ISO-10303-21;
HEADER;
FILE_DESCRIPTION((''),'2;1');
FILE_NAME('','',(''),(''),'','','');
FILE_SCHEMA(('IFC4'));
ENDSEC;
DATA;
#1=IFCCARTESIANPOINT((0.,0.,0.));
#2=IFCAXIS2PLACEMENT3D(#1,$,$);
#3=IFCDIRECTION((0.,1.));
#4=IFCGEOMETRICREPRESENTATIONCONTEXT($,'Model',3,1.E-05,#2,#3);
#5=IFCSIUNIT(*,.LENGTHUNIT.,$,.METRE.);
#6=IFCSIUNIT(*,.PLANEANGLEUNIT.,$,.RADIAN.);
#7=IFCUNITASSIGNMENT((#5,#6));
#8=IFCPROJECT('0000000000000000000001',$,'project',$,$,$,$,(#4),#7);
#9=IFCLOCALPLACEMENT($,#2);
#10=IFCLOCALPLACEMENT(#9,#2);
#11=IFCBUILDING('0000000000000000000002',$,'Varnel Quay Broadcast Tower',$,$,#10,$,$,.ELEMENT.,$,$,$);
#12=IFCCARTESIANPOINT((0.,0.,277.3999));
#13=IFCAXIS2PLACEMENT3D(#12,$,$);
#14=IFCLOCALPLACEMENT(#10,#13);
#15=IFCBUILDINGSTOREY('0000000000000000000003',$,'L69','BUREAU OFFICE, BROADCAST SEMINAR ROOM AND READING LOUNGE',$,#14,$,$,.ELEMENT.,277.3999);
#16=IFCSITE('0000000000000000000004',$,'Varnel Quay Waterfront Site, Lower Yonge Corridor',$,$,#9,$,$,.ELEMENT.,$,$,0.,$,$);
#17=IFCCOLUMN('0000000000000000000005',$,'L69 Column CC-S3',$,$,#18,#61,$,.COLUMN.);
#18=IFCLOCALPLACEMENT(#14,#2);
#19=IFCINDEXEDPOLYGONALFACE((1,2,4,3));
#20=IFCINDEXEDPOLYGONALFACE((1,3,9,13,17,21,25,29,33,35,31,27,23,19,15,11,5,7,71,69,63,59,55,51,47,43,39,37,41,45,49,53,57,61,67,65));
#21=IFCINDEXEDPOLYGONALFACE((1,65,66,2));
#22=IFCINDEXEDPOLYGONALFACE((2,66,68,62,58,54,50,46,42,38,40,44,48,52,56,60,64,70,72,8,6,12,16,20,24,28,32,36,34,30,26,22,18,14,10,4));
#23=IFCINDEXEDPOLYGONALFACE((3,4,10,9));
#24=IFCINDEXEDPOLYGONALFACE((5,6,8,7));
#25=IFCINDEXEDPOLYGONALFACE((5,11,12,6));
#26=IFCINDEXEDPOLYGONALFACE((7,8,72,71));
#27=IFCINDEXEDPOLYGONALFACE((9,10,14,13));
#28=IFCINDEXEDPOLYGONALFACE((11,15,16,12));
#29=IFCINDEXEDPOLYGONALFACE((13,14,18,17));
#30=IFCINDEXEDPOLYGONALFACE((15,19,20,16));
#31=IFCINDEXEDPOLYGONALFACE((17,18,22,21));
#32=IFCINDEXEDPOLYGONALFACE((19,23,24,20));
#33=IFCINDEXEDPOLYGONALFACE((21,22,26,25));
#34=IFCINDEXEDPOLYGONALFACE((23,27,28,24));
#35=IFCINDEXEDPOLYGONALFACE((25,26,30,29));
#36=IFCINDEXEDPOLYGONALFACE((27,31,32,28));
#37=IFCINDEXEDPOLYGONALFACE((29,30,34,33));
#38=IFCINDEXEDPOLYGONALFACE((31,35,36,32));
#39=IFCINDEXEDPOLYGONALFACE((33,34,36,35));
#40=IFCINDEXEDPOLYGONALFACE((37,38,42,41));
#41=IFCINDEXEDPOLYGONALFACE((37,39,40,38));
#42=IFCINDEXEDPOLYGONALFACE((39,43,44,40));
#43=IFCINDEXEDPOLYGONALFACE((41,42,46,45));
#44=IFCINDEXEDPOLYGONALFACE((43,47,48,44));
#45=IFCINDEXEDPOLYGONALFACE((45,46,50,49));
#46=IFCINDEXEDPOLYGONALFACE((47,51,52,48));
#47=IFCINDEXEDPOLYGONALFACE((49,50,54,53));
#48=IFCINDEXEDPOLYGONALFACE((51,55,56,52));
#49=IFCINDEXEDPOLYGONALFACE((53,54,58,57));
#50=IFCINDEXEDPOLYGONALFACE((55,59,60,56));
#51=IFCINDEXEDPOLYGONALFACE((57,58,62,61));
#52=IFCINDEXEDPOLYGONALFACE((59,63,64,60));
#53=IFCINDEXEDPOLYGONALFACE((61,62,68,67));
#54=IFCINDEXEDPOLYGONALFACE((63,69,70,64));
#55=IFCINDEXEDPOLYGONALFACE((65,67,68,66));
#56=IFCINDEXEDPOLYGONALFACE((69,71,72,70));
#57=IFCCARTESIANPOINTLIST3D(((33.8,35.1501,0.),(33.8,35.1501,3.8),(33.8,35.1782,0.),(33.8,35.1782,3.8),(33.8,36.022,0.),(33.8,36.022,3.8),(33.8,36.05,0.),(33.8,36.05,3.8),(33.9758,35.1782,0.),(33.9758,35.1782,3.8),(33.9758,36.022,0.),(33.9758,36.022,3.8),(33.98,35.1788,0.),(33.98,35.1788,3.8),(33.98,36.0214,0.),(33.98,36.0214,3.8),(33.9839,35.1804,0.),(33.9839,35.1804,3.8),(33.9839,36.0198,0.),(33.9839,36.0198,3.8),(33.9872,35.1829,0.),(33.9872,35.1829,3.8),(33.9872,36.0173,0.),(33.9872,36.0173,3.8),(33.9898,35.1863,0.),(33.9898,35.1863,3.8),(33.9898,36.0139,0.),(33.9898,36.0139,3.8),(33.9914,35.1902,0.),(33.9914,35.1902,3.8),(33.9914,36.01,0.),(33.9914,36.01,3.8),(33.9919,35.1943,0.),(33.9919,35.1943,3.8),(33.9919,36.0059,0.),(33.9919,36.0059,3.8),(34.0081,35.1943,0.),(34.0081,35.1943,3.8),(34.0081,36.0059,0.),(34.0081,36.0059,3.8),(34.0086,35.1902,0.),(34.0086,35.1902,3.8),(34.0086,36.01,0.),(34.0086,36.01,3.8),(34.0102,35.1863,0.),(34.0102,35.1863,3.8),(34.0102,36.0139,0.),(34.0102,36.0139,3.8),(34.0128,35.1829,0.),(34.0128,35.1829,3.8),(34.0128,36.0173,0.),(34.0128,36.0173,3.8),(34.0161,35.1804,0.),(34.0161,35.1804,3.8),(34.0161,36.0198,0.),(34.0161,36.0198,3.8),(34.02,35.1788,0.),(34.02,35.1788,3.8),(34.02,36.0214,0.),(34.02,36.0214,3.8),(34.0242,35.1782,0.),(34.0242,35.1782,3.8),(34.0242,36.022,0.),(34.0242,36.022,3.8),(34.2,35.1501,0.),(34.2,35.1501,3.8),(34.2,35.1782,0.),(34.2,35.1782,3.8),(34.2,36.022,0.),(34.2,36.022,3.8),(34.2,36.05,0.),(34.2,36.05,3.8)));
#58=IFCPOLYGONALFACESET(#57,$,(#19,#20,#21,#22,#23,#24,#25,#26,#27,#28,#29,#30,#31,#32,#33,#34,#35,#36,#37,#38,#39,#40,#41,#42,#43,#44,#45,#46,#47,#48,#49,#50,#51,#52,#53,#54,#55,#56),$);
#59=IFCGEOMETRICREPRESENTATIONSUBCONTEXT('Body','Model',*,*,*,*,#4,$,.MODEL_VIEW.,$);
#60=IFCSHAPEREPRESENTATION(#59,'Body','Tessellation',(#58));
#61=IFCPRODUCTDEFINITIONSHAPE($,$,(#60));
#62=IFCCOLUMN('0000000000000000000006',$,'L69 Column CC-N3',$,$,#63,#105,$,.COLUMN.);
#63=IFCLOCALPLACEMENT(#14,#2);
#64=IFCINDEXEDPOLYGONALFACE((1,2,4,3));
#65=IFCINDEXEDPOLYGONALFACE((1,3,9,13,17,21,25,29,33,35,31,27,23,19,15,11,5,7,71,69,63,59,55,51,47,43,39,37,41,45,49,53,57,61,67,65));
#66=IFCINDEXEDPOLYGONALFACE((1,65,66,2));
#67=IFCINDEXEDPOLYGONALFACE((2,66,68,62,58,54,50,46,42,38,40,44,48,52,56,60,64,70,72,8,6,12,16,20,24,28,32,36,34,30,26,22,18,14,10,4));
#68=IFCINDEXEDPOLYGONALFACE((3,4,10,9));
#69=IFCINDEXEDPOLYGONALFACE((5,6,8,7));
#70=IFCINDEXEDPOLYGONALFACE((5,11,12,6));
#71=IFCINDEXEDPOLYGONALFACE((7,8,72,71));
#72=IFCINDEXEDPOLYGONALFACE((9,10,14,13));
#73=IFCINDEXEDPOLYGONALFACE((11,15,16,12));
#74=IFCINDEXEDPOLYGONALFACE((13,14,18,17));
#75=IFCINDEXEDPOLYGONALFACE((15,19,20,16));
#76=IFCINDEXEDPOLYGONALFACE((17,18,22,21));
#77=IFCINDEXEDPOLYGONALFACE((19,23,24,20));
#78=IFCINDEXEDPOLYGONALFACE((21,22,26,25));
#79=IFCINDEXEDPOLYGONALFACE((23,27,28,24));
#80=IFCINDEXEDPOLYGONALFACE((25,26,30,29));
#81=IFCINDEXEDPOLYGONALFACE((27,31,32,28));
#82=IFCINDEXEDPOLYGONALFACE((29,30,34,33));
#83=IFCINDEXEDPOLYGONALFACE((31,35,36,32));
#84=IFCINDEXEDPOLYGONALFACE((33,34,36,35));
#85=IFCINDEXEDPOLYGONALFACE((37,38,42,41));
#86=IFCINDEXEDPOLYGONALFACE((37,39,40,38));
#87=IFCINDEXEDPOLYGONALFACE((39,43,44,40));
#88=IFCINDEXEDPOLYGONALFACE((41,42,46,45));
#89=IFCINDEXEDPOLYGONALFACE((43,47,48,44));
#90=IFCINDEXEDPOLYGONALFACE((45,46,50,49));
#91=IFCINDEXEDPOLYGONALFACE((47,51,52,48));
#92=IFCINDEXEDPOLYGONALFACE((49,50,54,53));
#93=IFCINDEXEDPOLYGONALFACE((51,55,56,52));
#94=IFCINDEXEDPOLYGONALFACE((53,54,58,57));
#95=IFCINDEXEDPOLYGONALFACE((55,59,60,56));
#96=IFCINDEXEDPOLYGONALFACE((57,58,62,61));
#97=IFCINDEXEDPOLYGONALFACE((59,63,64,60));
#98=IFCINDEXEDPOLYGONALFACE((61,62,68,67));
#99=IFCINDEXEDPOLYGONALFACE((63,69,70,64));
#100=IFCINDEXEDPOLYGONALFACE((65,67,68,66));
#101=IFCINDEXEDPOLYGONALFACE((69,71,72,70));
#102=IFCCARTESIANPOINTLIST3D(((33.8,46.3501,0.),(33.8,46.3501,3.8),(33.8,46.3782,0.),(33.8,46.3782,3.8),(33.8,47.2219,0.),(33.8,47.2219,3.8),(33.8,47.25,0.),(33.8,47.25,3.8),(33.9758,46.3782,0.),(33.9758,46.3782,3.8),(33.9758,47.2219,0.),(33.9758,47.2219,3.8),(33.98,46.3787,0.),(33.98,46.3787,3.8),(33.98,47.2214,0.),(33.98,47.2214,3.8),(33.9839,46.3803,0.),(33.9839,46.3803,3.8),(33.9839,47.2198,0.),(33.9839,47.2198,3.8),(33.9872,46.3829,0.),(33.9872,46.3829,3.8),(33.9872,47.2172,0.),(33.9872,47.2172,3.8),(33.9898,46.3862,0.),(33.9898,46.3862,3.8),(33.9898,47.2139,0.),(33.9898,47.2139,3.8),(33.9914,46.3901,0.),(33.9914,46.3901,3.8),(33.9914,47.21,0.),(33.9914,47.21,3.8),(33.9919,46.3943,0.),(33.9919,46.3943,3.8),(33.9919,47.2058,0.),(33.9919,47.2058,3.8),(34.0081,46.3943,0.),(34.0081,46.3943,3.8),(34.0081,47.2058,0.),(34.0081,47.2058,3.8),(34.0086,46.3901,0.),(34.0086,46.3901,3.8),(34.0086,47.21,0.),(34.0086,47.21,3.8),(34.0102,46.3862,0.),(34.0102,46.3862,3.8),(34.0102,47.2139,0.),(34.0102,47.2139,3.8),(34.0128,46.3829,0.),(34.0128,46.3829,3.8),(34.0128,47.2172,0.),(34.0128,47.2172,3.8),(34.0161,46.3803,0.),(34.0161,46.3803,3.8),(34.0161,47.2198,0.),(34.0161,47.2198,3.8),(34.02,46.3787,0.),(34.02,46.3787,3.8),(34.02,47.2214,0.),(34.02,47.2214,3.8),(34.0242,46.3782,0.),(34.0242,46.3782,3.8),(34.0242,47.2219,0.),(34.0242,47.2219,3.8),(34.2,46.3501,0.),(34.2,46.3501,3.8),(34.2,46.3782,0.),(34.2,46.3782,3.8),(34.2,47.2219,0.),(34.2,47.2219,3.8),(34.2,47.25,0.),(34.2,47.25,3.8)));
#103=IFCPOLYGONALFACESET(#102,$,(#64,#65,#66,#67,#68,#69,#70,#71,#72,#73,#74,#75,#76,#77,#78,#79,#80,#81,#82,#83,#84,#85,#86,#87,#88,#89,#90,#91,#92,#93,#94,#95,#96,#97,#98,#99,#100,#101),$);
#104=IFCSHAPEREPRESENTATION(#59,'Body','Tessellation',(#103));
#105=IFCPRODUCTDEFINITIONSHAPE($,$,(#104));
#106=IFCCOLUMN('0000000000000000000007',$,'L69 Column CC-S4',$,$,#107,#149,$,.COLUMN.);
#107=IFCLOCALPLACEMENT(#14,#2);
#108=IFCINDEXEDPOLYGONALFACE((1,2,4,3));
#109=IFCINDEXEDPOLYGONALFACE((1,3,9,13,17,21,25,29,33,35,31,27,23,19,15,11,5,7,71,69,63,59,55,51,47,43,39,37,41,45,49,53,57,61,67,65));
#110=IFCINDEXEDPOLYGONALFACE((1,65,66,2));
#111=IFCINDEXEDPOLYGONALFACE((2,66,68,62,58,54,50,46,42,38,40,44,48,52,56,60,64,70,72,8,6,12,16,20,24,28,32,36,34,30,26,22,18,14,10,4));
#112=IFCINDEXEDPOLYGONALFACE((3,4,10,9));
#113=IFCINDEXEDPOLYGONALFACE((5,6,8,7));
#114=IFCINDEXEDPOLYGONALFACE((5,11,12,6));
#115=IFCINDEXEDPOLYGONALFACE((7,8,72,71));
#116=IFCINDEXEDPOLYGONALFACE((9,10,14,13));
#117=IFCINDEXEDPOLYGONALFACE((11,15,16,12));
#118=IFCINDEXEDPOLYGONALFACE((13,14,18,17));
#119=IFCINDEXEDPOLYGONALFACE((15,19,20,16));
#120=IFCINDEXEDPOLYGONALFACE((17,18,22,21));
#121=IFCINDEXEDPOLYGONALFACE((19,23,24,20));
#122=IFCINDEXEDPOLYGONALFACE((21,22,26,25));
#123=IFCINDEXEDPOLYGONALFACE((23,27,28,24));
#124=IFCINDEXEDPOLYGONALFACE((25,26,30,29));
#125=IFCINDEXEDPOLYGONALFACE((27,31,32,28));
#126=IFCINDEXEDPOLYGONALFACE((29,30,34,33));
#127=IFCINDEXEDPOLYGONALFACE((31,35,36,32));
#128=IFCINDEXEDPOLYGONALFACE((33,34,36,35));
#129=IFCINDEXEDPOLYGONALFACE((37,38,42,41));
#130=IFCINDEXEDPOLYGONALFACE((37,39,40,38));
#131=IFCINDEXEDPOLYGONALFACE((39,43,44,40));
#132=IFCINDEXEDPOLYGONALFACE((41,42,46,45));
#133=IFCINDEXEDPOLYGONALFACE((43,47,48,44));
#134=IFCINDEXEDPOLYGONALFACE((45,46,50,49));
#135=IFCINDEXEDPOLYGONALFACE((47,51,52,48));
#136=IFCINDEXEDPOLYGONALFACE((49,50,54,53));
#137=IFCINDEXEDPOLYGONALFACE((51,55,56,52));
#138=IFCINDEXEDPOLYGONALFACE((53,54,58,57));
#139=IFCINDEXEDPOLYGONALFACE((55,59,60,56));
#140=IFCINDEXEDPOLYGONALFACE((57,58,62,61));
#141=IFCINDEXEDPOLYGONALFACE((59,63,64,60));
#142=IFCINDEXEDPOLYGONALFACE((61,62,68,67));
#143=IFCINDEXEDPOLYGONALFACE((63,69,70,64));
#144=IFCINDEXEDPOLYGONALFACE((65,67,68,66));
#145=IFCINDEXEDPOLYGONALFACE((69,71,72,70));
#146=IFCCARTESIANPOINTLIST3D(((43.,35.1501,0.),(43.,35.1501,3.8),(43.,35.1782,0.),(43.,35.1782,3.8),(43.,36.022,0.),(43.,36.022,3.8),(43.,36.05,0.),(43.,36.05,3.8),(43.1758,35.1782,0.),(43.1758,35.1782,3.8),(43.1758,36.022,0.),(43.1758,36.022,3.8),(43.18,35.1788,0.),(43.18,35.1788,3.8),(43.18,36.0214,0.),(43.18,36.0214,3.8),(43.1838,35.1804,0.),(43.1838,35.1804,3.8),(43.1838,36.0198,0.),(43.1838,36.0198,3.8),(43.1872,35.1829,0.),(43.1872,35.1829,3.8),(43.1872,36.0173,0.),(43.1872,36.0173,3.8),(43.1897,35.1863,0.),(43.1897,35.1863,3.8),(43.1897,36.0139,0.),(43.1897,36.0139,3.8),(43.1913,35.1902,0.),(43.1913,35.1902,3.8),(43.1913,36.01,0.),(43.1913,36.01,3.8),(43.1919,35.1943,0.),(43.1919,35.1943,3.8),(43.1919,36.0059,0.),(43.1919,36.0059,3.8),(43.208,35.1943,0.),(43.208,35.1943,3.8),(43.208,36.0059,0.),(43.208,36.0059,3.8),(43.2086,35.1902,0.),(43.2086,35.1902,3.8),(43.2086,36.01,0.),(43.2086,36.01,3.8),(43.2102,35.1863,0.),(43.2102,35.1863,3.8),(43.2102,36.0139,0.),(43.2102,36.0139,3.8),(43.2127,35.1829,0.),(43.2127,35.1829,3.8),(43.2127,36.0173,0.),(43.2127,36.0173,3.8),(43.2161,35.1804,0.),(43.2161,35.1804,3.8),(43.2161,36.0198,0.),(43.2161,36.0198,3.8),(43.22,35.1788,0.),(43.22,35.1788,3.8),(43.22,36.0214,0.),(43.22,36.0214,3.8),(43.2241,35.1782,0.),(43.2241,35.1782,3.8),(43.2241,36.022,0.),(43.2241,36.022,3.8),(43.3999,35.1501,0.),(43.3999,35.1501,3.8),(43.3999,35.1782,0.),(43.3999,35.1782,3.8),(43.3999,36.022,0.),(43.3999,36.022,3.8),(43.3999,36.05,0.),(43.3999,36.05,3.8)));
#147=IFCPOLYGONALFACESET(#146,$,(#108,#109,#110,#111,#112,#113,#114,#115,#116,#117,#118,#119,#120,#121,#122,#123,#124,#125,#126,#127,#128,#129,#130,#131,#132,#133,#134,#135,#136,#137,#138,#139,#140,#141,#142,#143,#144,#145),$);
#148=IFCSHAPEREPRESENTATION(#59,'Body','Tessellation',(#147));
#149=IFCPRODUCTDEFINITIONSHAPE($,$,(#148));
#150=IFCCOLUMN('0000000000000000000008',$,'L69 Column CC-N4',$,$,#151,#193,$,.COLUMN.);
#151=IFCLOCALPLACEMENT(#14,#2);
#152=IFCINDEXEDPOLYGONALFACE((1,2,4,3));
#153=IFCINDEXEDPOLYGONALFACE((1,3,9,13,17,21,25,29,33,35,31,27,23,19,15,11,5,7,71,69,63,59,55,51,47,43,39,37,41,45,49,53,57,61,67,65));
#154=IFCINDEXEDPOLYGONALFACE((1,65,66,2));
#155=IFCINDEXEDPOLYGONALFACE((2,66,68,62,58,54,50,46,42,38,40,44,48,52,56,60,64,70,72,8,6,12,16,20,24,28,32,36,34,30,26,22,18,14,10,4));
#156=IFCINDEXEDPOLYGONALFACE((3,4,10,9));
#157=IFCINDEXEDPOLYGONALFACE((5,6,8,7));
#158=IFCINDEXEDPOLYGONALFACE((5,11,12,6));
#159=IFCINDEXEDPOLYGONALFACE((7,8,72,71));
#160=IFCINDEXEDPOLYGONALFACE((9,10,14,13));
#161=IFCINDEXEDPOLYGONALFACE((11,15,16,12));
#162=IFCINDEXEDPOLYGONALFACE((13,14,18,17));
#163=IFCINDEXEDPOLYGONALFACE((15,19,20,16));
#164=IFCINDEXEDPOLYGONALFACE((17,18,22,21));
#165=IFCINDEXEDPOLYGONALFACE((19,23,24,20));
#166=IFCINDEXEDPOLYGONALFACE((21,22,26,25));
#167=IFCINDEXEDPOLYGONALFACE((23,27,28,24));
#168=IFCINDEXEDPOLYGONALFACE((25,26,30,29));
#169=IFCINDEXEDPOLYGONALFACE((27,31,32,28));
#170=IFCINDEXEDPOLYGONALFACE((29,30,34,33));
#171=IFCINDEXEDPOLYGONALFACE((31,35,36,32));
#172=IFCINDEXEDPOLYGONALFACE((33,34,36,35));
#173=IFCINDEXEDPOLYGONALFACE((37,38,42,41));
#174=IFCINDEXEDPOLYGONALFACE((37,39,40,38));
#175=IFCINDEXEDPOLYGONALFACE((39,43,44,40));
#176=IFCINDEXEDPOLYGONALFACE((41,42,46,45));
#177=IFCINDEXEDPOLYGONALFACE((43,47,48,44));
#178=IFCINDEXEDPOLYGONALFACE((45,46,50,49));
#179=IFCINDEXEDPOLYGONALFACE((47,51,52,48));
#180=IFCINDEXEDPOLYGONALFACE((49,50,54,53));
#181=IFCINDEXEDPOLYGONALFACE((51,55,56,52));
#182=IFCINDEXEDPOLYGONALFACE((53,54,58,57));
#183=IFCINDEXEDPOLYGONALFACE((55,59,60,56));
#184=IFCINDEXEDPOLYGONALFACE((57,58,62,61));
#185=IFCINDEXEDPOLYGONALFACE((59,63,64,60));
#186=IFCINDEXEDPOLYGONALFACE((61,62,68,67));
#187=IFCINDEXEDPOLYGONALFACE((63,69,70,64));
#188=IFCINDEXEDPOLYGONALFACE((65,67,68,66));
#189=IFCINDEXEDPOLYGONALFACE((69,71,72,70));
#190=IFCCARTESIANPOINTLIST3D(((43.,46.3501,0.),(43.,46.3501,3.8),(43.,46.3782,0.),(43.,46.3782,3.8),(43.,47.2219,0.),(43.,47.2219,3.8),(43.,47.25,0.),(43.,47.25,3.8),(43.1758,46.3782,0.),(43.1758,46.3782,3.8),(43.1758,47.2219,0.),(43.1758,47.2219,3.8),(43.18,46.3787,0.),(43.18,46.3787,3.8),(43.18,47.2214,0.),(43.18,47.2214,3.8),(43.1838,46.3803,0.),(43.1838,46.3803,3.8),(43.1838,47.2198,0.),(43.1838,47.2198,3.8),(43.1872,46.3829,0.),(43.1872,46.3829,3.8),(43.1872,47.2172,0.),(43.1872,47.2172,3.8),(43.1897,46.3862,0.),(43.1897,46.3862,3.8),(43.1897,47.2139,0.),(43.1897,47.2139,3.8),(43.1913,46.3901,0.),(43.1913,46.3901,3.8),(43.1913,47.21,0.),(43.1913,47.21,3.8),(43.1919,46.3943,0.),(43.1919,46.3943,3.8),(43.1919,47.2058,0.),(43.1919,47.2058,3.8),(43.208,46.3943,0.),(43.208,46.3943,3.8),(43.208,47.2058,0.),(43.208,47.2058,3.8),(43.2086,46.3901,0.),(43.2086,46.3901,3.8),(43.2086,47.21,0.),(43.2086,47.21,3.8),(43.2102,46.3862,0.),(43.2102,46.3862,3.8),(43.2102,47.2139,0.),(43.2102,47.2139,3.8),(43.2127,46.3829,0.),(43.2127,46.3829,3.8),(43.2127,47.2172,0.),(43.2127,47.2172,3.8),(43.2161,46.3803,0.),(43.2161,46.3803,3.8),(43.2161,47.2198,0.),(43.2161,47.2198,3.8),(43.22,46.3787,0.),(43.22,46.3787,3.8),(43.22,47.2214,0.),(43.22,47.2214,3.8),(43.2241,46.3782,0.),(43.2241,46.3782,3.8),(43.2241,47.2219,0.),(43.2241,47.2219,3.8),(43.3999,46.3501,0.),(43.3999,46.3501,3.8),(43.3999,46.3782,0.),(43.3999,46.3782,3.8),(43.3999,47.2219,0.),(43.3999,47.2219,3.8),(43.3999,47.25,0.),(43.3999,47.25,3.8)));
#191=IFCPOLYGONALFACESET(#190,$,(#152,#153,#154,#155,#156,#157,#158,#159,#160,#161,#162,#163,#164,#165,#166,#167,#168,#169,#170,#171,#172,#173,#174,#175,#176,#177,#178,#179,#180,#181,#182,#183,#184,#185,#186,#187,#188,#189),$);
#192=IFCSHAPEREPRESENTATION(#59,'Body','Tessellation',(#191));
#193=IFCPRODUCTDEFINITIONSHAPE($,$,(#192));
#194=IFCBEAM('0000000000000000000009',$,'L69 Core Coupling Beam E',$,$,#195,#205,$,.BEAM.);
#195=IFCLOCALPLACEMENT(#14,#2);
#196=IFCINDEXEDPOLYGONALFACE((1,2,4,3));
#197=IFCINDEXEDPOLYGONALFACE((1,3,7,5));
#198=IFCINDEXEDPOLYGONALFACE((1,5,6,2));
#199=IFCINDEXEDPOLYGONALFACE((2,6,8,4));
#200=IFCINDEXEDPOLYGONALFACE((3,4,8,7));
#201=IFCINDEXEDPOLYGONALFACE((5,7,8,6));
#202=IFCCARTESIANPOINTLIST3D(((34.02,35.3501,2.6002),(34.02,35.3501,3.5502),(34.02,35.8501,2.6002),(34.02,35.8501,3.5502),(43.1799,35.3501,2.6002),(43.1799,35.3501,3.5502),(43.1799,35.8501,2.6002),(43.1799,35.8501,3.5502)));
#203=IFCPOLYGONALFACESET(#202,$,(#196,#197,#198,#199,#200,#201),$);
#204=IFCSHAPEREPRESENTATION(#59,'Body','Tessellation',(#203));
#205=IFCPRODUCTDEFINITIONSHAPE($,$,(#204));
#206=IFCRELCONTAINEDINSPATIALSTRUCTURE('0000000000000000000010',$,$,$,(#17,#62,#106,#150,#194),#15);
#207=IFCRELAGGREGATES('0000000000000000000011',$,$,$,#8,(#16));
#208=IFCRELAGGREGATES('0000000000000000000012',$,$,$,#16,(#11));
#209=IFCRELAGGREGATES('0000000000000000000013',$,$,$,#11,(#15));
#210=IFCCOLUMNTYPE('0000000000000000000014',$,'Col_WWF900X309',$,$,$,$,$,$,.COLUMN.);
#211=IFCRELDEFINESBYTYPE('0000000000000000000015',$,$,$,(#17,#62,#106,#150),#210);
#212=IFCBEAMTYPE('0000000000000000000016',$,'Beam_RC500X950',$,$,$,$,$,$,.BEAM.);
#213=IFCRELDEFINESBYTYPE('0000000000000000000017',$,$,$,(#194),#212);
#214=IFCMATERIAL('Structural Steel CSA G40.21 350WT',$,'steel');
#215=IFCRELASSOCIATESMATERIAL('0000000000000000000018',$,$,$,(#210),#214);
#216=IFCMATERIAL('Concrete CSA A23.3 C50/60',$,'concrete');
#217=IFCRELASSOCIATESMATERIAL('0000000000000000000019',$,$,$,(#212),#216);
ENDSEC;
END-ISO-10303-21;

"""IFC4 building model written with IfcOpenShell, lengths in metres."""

from ifc_helpers import new_model, si_unit, direction, frame, origin, origin_2d, place, context, subcontext, project, spatial, rectangle, i_section, extrude, source, transform, mapped, material, material_profile, profile_set, type_object, type_shapes, element, save


model = new_model("IFC4")

# Units and contexts
model_context = context("Model", 3, precision=1e-05, world=origin(), true_north=direction((0.0, 1.0)))
body_context = subcontext(model_context, "Body", "Model", "MODEL_VIEW")
ifc_project = project(units=[si_unit("LENGTHUNIT", "METRE"), si_unit("PLANEANGLEUNIT", "RADIAN")], contexts=[model_context])

# Site, building, storey
site_placement = place(None, origin())
site = spatial("IfcSite", under=ifc_project, at=site_placement, Name="Varnel Quay Waterfront Site, Lower Yonge Corridor", CompositionType="ELEMENT", RefElevation=0.0)
building_placement = place(site_placement, origin())
building = spatial("IfcBuilding", under=site, at=building_placement, Name="Varnel Quay Broadcast Tower", CompositionType="ELEMENT")
storey_placement = place(building_placement, frame((0.0, 0.0, 277.3999)))
storey = spatial("IfcBuildingStorey", under=building, at=storey_placement, Name="L69", Description="BUREAU OFFICE, BROADCAST SEMINAR ROOM AND READING LOUNGE", CompositionType="ELEMENT", Elevation=277.3999)

# Columns
ifc_material_1 = material(Name="Structural Steel CSA G40.21 350WT", Category="steel")
ifc_material_profile_1 = material_profile(ifc_material_1, i_section(OverallWidth=0.3999, OverallDepth=0.8999, WebThickness=0.0161, FlangeThickness=0.0281, FilletRadius=0.0161, at=origin_2d()), Name="WWF900X309")
ifc_profile_set_1 = profile_set([ifc_material_profile_1], Name="Structural Steel CSA G40.21 350WT")
column_type = type_object("IfcColumnType", Name="Col_WWF900X309", PredefinedType="COLUMN", material=ifc_profile_set_1)
shared_shape_1 = source(origin(), body_context, "Body", "SweptSolid", [
    extrude(i_section(OverallWidth=0.3999, OverallDepth=0.8999, WebThickness=0.0161, FlangeThickness=0.0281, FilletRadius=0.0161, at=origin_2d()), origin(), (0.0, 0.0, 1.0), 3.8),
])
type_shapes(column_type, [shared_shape_1])
for number, where, z_axis, x_axis, name in (
    (1, (34.0, 35.6001, 0.0), (0.0, 0.0, 1.0), (1.0, 0.0, 0.0), "L69 Column CC-S3"),
    (2, (34.0, 46.8, 0.0), (0.0, 0.0, 1.0), (1.0, 0.0, 0.0), "L69 Column CC-N3"),
    (3, (43.2, 35.6001, 0.0), (0.0, 0.0, 1.0), (1.0, 0.0, 0.0), "L69 Column CC-S4"),
    (4, (43.2, 46.8, 0.0), (0.0, 0.0, 1.0), (1.0, 0.0, 0.0), "L69 Column CC-N4"),
):
    element("IfcColumn", number, at=place(storey_placement, frame(where, z_axis=z_axis, x_axis=x_axis)), inside=storey, type_object=column_type, Name=name, PredefinedType="COLUMN", context=body_context, shape_type="MappedRepresentation", body=[
        mapped(shared_shape_1, transform((0.0, 0.0, 0.0), x_axis=(1.0, 0.0, 0.0), y_axis=(0.0, 1.0, 0.0), z_axis=(0.0, 0.0, 1.0), scale=1.0)),
    ])

# Beam
ifc_material_2 = material(Name="Concrete CSA A23.3 C50/60", Category="concrete")
ifc_material_profile_2 = material_profile(ifc_material_2, rectangle(XDim=0.5, YDim=0.95, at=origin_2d()), Name="RC500X950")
ifc_profile_set_2 = profile_set([ifc_material_profile_2], Name="Concrete CSA A23.3 C50/60")
beam_type = type_object("IfcBeamType", Name="Beam_RC500X950", PredefinedType="BEAM", material=ifc_profile_set_2)
shared_shape_2 = source(origin(), body_context, "Body", "SweptSolid", [
    extrude(rectangle(XDim=0.5, YDim=0.95, at=origin_2d()), origin(), (0.0, 0.0, 1.0), 9.1599),
])
type_shapes(beam_type, [shared_shape_2])
beam_placement = place(storey_placement, frame((34.02, 35.6001, 3.0752), z_axis=(1.0, 0.0, 0.0), x_axis=(0.0, 1.0, 0.0)))
element("IfcBeam", 5, at=beam_placement, inside=storey, type_object=beam_type, Name="L69 Core Coupling Beam E", PredefinedType="BEAM", context=body_context, shape_type="MappedRepresentation", body=[
    mapped(shared_shape_2, transform((0.0, 0.0, 0.0), x_axis=(1.0, 0.0, 0.0), y_axis=(0.0, 1.0, 0.0), z_axis=(0.0, 0.0, 1.0), scale=1.0)),
])

save(model, "model.ifc")
